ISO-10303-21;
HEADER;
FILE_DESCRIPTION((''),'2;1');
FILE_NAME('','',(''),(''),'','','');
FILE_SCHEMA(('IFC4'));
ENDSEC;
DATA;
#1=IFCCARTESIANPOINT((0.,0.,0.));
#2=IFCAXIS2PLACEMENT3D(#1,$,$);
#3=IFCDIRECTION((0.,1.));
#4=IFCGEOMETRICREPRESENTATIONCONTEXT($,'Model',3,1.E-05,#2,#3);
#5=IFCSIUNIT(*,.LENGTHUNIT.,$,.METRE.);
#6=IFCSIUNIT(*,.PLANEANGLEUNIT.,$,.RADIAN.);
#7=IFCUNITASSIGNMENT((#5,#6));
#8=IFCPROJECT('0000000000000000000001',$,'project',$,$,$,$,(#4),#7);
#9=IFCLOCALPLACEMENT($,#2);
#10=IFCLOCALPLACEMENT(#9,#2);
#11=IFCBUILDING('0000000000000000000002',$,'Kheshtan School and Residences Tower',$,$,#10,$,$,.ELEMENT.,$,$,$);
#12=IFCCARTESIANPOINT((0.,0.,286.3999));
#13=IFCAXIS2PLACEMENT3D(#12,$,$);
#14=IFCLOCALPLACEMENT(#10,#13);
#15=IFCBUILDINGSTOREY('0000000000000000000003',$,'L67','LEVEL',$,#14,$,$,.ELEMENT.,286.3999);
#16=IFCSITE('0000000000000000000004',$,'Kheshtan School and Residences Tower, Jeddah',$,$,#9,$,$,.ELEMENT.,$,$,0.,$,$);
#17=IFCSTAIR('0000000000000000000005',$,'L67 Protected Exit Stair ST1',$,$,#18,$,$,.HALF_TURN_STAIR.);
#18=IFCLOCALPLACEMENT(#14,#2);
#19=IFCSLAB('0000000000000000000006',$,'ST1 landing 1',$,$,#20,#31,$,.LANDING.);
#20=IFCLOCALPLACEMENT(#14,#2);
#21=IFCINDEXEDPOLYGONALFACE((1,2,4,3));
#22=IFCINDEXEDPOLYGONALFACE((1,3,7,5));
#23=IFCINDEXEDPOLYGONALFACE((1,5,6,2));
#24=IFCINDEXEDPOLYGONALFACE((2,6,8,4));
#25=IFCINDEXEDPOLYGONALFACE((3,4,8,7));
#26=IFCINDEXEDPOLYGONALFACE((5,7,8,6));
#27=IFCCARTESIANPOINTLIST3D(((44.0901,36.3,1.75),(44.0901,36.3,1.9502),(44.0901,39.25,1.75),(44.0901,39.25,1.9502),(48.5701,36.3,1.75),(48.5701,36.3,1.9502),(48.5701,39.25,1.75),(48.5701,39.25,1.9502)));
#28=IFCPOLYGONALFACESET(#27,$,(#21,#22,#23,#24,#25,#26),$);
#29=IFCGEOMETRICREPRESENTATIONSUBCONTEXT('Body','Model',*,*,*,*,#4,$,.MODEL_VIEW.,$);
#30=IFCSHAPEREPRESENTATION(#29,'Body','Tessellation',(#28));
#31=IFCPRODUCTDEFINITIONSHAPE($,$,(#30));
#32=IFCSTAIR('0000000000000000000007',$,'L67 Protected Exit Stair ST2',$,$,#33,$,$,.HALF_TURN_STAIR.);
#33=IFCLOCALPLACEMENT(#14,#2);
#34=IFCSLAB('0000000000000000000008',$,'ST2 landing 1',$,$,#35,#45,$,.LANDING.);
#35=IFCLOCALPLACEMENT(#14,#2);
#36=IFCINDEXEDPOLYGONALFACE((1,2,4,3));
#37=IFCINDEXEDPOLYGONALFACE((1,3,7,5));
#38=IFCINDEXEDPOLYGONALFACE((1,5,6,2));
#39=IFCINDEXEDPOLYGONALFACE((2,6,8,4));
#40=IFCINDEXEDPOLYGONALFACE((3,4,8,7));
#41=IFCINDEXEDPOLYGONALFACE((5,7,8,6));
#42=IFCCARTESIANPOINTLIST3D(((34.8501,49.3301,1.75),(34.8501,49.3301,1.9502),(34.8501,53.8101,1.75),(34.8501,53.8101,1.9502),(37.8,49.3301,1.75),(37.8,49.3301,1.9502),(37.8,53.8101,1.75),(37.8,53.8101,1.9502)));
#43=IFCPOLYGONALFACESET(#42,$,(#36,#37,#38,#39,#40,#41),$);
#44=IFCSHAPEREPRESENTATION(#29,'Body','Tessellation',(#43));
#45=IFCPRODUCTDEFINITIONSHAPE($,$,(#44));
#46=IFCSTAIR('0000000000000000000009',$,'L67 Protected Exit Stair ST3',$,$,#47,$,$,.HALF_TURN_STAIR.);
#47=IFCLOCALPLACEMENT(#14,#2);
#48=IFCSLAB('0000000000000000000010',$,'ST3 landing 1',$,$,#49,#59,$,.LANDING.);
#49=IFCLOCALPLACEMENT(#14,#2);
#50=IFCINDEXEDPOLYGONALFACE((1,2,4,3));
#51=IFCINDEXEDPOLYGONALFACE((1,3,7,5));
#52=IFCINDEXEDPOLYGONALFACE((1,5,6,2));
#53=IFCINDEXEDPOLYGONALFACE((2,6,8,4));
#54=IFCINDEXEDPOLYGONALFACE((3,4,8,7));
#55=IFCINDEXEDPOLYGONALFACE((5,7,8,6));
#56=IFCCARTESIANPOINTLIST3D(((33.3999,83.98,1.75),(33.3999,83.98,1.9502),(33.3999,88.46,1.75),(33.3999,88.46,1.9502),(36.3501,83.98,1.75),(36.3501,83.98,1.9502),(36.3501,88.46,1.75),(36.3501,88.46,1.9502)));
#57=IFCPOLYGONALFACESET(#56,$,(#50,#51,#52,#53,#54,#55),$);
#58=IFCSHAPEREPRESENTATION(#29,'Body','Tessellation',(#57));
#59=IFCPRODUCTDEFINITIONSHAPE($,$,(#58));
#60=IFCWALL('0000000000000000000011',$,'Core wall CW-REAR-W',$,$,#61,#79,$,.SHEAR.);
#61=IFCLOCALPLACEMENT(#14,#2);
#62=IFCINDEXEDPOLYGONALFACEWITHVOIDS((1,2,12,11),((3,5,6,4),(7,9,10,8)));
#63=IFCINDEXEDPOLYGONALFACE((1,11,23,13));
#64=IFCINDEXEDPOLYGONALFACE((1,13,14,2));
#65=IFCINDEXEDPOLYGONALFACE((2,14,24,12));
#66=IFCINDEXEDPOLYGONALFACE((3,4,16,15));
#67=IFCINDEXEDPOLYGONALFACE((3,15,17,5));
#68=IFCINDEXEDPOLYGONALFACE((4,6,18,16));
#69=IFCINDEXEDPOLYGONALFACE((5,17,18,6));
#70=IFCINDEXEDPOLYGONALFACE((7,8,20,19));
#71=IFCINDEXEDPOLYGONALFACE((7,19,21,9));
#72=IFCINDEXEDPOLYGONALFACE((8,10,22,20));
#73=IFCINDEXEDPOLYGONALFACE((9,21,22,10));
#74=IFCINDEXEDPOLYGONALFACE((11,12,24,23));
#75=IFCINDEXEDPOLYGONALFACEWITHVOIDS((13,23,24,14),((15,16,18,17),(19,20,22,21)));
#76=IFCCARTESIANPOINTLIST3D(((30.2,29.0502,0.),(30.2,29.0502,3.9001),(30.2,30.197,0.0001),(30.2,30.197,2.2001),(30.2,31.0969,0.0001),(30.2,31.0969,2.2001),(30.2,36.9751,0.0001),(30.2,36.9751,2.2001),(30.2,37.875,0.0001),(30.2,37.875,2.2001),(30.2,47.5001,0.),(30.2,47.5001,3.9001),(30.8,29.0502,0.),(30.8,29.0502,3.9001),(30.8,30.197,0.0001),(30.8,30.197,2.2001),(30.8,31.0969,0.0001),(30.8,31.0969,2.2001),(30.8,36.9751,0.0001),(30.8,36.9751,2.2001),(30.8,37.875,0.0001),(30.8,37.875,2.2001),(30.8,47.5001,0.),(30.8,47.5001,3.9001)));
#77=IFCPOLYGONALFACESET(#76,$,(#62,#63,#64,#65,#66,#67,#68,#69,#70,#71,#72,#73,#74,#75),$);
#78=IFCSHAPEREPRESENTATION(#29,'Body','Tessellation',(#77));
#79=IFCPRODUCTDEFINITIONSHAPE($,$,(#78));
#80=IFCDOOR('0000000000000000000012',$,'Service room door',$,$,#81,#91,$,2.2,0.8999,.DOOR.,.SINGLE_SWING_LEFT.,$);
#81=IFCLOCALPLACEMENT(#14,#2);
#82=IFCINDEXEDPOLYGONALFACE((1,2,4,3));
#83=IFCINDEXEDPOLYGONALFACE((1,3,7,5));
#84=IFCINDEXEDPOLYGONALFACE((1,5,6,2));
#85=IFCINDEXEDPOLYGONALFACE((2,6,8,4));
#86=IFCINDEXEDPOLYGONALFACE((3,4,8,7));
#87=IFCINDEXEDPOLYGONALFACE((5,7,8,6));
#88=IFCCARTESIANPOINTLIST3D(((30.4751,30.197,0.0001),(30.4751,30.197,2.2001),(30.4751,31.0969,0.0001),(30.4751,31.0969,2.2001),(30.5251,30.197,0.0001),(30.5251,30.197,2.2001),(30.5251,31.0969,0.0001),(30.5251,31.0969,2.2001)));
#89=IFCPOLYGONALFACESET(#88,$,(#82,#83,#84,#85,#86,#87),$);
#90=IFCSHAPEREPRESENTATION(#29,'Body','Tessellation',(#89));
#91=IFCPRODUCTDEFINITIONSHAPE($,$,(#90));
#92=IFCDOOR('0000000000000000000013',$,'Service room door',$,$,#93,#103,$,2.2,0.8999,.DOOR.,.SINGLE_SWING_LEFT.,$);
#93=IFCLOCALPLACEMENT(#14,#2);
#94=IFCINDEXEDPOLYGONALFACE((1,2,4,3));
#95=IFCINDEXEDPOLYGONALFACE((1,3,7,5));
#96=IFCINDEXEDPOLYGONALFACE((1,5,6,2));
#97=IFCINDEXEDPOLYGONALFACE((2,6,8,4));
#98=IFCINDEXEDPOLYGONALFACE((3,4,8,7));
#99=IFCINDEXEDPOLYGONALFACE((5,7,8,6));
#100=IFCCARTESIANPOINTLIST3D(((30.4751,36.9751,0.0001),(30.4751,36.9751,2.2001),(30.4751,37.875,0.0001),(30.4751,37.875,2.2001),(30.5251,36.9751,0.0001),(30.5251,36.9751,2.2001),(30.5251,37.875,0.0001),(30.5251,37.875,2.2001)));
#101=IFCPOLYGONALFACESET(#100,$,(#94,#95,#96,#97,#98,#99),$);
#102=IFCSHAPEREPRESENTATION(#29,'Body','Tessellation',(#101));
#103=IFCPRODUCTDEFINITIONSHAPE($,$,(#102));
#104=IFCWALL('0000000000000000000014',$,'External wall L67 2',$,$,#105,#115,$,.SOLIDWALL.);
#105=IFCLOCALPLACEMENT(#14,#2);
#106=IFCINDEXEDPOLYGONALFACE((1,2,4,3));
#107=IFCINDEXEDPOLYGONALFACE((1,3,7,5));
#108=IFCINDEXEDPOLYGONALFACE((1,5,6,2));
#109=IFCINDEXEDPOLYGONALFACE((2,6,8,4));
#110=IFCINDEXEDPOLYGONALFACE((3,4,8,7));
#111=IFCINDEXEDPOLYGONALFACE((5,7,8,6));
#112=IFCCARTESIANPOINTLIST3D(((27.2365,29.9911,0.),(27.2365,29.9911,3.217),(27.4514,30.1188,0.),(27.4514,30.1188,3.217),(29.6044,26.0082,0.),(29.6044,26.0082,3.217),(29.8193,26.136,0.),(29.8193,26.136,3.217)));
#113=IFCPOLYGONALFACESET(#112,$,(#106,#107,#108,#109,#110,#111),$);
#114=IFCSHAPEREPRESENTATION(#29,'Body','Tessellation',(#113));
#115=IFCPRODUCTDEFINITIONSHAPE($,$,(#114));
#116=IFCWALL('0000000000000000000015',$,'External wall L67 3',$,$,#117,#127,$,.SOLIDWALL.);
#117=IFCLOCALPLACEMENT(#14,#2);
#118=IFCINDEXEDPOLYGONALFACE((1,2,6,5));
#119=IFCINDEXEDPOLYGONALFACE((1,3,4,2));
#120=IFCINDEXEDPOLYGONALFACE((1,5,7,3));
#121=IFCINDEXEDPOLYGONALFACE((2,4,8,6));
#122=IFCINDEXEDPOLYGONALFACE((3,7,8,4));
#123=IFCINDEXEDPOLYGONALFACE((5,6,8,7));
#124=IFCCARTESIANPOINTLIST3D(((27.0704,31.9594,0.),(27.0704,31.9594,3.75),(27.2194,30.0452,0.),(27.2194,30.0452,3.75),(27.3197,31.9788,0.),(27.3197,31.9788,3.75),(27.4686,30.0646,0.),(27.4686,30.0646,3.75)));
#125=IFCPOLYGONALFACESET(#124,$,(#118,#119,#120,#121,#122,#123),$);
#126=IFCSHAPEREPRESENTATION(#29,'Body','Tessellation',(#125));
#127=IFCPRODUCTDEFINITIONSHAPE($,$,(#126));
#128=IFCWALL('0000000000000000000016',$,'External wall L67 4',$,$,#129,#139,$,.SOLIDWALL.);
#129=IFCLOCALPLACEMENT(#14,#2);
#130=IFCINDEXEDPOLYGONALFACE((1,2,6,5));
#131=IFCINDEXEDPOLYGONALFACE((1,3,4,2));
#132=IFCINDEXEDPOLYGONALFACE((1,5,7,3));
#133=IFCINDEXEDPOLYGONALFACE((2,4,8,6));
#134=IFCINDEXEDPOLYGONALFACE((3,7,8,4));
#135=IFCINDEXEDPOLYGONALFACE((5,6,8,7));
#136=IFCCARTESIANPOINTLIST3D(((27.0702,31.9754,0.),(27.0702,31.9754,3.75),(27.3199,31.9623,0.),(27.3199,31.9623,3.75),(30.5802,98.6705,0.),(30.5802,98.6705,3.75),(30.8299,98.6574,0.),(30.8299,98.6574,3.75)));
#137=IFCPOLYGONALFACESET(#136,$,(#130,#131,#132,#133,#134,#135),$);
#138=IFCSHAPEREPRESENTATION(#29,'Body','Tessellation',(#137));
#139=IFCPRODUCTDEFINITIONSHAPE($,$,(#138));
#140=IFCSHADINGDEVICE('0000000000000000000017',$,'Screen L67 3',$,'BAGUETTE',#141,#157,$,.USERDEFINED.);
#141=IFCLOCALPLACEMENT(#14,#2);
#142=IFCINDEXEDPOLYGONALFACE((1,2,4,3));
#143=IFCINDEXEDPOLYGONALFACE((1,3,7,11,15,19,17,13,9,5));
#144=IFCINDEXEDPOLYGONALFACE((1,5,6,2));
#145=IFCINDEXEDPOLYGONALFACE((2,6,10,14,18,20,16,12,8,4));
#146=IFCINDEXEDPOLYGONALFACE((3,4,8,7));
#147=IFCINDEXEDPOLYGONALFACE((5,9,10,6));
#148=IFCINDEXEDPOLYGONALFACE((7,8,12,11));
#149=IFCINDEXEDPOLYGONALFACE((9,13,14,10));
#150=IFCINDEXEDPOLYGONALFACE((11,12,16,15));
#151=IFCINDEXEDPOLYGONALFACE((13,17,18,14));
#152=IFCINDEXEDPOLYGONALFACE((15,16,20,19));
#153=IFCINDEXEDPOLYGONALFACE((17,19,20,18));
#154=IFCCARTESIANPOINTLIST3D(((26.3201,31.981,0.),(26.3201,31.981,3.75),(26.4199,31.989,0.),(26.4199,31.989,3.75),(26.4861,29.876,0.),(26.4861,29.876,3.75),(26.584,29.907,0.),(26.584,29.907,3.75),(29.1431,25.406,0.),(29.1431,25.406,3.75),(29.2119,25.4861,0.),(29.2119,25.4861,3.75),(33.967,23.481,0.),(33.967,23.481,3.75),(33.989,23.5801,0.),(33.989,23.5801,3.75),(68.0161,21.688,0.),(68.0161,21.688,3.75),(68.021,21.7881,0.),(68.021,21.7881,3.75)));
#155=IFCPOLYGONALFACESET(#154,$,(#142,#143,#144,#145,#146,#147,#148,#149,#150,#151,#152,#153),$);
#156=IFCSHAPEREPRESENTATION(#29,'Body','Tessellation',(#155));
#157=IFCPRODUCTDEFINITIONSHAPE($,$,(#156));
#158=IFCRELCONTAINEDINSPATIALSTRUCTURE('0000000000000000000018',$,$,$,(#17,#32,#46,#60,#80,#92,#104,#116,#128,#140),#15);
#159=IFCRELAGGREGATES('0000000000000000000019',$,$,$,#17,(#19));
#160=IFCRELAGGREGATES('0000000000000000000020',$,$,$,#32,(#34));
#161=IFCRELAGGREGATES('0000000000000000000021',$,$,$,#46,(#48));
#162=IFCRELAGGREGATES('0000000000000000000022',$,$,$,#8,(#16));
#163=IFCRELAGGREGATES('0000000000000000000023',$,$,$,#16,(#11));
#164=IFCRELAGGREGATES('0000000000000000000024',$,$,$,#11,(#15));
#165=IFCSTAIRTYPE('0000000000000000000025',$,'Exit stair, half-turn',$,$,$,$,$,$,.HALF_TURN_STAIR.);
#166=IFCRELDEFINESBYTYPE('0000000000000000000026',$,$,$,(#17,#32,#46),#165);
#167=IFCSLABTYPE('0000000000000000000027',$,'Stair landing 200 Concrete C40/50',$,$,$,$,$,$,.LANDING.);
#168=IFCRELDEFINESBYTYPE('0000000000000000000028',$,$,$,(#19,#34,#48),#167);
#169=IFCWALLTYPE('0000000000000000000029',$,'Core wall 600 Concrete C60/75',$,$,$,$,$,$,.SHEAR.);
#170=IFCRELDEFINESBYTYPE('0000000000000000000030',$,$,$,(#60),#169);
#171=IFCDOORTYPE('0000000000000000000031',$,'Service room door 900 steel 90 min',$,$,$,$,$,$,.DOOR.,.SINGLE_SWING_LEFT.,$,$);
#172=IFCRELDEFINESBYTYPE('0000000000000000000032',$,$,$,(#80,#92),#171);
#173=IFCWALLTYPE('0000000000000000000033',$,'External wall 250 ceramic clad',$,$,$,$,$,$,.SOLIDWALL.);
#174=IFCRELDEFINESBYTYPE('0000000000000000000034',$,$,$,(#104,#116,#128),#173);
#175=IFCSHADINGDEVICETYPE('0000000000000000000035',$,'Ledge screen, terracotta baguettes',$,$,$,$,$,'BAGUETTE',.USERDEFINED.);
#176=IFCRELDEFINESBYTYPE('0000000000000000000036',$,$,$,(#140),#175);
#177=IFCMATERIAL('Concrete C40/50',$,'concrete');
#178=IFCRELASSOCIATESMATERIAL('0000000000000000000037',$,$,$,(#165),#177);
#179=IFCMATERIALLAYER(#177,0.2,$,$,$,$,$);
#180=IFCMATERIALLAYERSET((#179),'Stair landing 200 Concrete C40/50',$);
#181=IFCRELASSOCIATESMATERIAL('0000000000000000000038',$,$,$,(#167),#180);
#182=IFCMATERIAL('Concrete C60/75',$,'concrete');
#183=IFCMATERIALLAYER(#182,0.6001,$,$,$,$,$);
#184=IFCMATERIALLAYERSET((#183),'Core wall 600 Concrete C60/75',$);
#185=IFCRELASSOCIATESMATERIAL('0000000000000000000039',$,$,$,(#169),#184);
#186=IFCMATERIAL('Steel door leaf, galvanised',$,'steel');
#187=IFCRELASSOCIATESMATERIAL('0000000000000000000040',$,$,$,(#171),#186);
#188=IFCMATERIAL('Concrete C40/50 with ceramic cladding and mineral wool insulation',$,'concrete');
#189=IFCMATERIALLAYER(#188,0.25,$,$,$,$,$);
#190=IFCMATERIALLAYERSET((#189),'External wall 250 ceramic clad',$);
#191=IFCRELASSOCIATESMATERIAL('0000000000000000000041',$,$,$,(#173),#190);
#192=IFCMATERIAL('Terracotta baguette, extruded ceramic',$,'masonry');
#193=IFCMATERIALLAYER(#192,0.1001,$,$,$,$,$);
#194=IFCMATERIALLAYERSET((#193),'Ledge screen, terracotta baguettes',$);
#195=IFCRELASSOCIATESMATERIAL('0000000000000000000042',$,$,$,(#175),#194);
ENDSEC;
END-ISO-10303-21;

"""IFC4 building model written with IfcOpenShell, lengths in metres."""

from ifc_helpers import new_model, si_unit, direction, frame, frame_2d, origin, place, context, subcontext, project, spatial, polyline, rectangle, outline, extrude, source, transform, mapped, material, layer, layer_set, type_object, element, fill, aggregate, save


model = new_model("IFC4")

# Units and contexts
model_context = context("Model", 3, precision=1e-05, world=origin(), true_north=direction((0.0, 1.0)))
body_context = subcontext(model_context, "Body", "Model", "MODEL_VIEW")
ifc_project = project(units=[si_unit("LENGTHUNIT", "METRE"), si_unit("PLANEANGLEUNIT", "RADIAN")], contexts=[model_context])

# Site, building, storey
site_placement = place(None, origin())
site = spatial("IfcSite", under=ifc_project, at=site_placement, Name="Kheshtan School and Residences Tower, Jeddah", CompositionType="ELEMENT", RefElevation=0.0)
building_placement = place(site_placement, origin())
building = spatial("IfcBuilding", under=site, at=building_placement, Name="Kheshtan School and Residences Tower", CompositionType="ELEMENT")
storey_placement = place(building_placement, frame((0.0, 0.0, 286.3999)))
storey = spatial("IfcBuildingStorey", under=building, at=storey_placement, Name="L67", Description="LEVEL", CompositionType="ELEMENT", Elevation=286.3999)

# Shared definitions
ifc_material_1 = material(Name="Concrete C40/50", Category="concrete")

# Stairs, slabs
stair_type = type_object("IfcStairType", Name="Exit stair, half-turn", PredefinedType="HALF_TURN_STAIR", material=ifc_material_1)
stair_1_placement = place(storey_placement, origin())
stair_1 = element("IfcStair", 1, at=stair_1_placement, inside=storey, type_object=stair_type, Name="L67 Protected Exit Stair ST1", PredefinedType="HALF_TURN_STAIR")
ifc_layer_1 = layer(ifc_material_1, 0.2)
ifc_layer_set_1 = layer_set([ifc_layer_1], Name="Stair landing 200 Concrete C40/50")
slab_type_1 = type_object("IfcSlabType", Name="Stair landing 200 Concrete C40/50", PredefinedType="LANDING", material=ifc_layer_set_1)
slab_1_placement = place(storey_placement, frame((0.0, 0.0, 1.75)))
slab_1 = element("IfcSlab", 2, at=slab_1_placement, type_object=slab_type_1, Name="ST1 landing 1", PredefinedType="LANDING", context=body_context, shape_type="SweptSolid", body=[
    extrude(outline(polyline([(48.5701, 39.25), (44.0901, 39.25), (44.0901, 36.3), (48.5701, 36.3), (48.5701, 39.25)])), origin(), (0.0, 0.0, 1.0), 0.2002),
])
aggregate(stair_1, [slab_1])
stair_2_placement = place(storey_placement, origin())
stair_2 = element("IfcStair", 3, at=stair_2_placement, inside=storey, type_object=stair_type, Name="L67 Protected Exit Stair ST2", PredefinedType="HALF_TURN_STAIR")
slab_2_placement = place(storey_placement, frame((0.0, 0.0, 1.75)))
slab_2 = element("IfcSlab", 4, at=slab_2_placement, type_object=slab_type_1, Name="ST2 landing 1", PredefinedType="LANDING", context=body_context, shape_type="SweptSolid", body=[
    extrude(outline(polyline([(37.8, 49.3301), (37.8, 53.8101), (34.8501, 53.8101), (34.8501, 49.3301), (37.8, 49.3301)])), origin(), (0.0, 0.0, 1.0), 0.2002),
])
aggregate(stair_2, [slab_2])
stair_3_placement = place(storey_placement, origin())
stair_3 = element("IfcStair", 5, at=stair_3_placement, inside=storey, type_object=stair_type, Name="L67 Protected Exit Stair ST3", PredefinedType="HALF_TURN_STAIR")
slab_3_placement = place(storey_placement, frame((0.0, 0.0, 1.75)))
slab_3 = element("IfcSlab", 6, at=slab_3_placement, type_object=slab_type_1, Name="ST3 landing 1", PredefinedType="LANDING", context=body_context, shape_type="SweptSolid", body=[
    extrude(outline(polyline([(36.3501, 83.98), (36.3501, 88.46), (33.3999, 88.46), (33.3999, 83.98), (36.3501, 83.98)])), origin(), (0.0, 0.0, 1.0), 0.2002),
])
aggregate(stair_3, [slab_3])

# Wall, openings, doors
ifc_material_2 = material(Name="Concrete C60/75", Category="concrete")
ifc_layer_2 = layer(ifc_material_2, 0.6001)
ifc_layer_set_2 = layer_set([ifc_layer_2], Name="Core wall 600 Concrete C60/75")
wall_type_1 = type_object("IfcWallType", Name="Core wall 600 Concrete C60/75", PredefinedType="SHEAR", material=ifc_layer_set_2)
wall_1_placement = place(storey_placement, frame((30.5, 29.05, 0.0), z_axis=(0.0, 0.0, 1.0), x_axis=(0.0, 1.0, 0.0)))
wall_1 = element("IfcWall", 7, at=wall_1_placement, inside=storey, type_object=wall_type_1, Name="Core wall CW-REAR-W", PredefinedType="SHEAR", context=body_context, shape_type="SweptSolid", body=[
    extrude(rectangle(XDim=18.45, YDim=0.6001, at=frame_2d((9.2251, 0.0))), origin(), (0.0, 0.0, 1.0), 3.9001),
])
opening_1_placement = place(wall_1_placement, frame((1.147, 0.0, 0.0)))
opening_1 = element("IfcOpeningElement", 8, at=opening_1_placement, cuts=wall_1, PredefinedType="OPENING", context=body_context, shape_type="SweptSolid", body=[
    extrude(rectangle(XDim=0.8999, YDim=2.2, at=frame_2d((0.45, 1.1001))), frame((0.0, 0.3101, 0.0), z_axis=(0.0, -1.0, 0.0), x_axis=(1.0, 0.0, 0.0)), (0.0, 0.0, 1.0), 0.6201),
])
opening_2_placement = place(wall_1_placement, frame((7.925, 0.0, 0.0)))
opening_2 = element("IfcOpeningElement", 9, at=opening_2_placement, cuts=wall_1, PredefinedType="OPENING", context=body_context, shape_type="SweptSolid", body=[
    extrude(rectangle(XDim=0.8999, YDim=2.2, at=frame_2d((0.45, 1.1001))), frame((0.0, 0.3101, 0.0), z_axis=(0.0, -1.0, 0.0), x_axis=(1.0, 0.0, 0.0)), (0.0, 0.0, 1.0), 0.6201),
])
ifc_material_3 = material(Name="Steel door leaf, galvanised", Category="steel")
door_type = type_object("IfcDoorType", Name="Service room door 900 steel 90 min", OperationType="SINGLE_SWING_LEFT", PredefinedType="DOOR", material=ifc_material_3)
shared_shape = source(origin(), body_context, "Body", "SweptSolid", [
    extrude(rectangle(XDim=0.8999, YDim=2.2, at=frame_2d((0.45, 1.1001))), frame((0.0, 0.0249, 0.0), z_axis=(0.0, -1.0, 0.0), x_axis=(1.0, 0.0, 0.0)), (0.0, 0.0, 1.0), 0.05),
])
door_1_placement = place(opening_1_placement, origin())
door_1 = element("IfcDoor", 10, at=door_1_placement, inside=storey, type_object=door_type, Name="Service room door", OperationType="SINGLE_SWING_LEFT", OverallHeight=2.2, OverallWidth=0.8999, PredefinedType="DOOR", context=body_context, shape_type="MappedRepresentation", body=[
    mapped(shared_shape, transform((0.0, 0.0, 0.0), x_axis=(1.0, 0.0, 0.0), y_axis=(0.0, 1.0, 0.0), z_axis=(0.0, 0.0, 1.0), scale=1.0)),
])
fill(opening_1, door_1)
door_2_placement = place(opening_2_placement, origin())
door_2 = element("IfcDoor", 11, at=door_2_placement, inside=storey, type_object=door_type, Name="Service room door", OperationType="SINGLE_SWING_LEFT", OverallHeight=2.2, OverallWidth=0.8999, PredefinedType="DOOR", context=body_context, shape_type="MappedRepresentation", body=[
    mapped(shared_shape, transform((0.0, 0.0, 0.0), x_axis=(1.0, 0.0, 0.0), y_axis=(0.0, 1.0, 0.0), z_axis=(0.0, 0.0, 1.0), scale=1.0)),
])
fill(opening_2, door_2)

# Walls
ifc_material_4 = material(Name="Concrete C40/50 with ceramic cladding and mineral wool insulation", Category="concrete")
ifc_layer_3 = layer(ifc_material_4, 0.25)
ifc_layer_set_3 = layer_set([ifc_layer_3], Name="External wall 250 ceramic clad")
wall_type_2 = type_object("IfcWallType", Name="External wall 250 ceramic clad", PredefinedType="SOLIDWALL", material=ifc_layer_set_3)
wall_2_placement = place(storey_placement, frame((29.7119, 26.072, 0.0), z_axis=(0.0, 0.0, 1.0), x_axis=(-0.511028, 0.859564, 0.0)))
element("IfcWall", 12, at=wall_2_placement, inside=storey, type_object=wall_type_2, Name="External wall L67 2", PredefinedType="SOLIDWALL", context=body_context, shape_type="SweptSolid", body=[
    extrude(rectangle(XDim=4.6335, YDim=0.25, at=frame_2d((2.3169, 0.0))), origin(), (0.0, 0.0, 1.0), 3.217),
])
wall_3_placement = place(storey_placement, frame((27.344, 30.0549, 0.0), z_axis=(0.0, 0.0, 1.0), x_axis=(-0.077572, 0.996987, 0.0)))
element("IfcWall", 13, at=wall_3_placement, inside=storey, type_object=wall_type_2, Name="External wall L67 3", PredefinedType="SOLIDWALL", context=body_context, shape_type="SweptSolid", body=[
    extrude(rectangle(XDim=1.9199, YDim=0.25, at=frame_2d((0.96, 0.0))), origin(), (0.0, 0.0, 1.0), 3.75),
])
wall_4_placement = place(storey_placement, frame((27.1951, 31.969, 0.0), z_axis=(0.0, 0.0, 1.0), x_axis=(0.052555, 0.998618, 0.0)))
element("IfcWall", 14, at=wall_4_placement, inside=storey, type_object=wall_type_2, Name="External wall L67 4", PredefinedType="SOLIDWALL", context=body_context, shape_type="SweptSolid", body=[
    extrude(rectangle(XDim=66.7874, YDim=0.25, at=frame_2d((33.3936, 0.0))), origin(), (0.0, 0.0, 1.0), 3.75),
])

# Shading device
ifc_material_5 = material(Name="Terracotta baguette, extruded ceramic", Category="masonry")
ifc_layer_4 = layer(ifc_material_5, 0.1001)
ifc_layer_set_4 = layer_set([ifc_layer_4], Name="Ledge screen, terracotta baguettes")
shading_device_type_1 = type_object("IfcShadingDeviceType", Name="Ledge screen, terracotta baguettes", ElementType="BAGUETTE", PredefinedType="USERDEFINED", material=ifc_layer_set_4)
shading_device_1_placement = place(storey_placement, origin())
element("IfcShadingDevice", 15, at=shading_device_1_placement, inside=storey, type_object=shading_device_type_1, Name="Screen L67 3", ObjectType="BAGUETTE", PredefinedType="USERDEFINED", context=body_context, shape_type="SweptSolid", body=[
    extrude(outline(polyline([(68.021, 21.7881), (33.989, 23.5801), (29.2119, 25.4861), (26.584, 29.907), (26.4199, 31.989), (26.3201, 31.981), (26.4861, 29.876), (29.1431, 25.406), (33.967, 23.481), (68.0161, 21.688), (68.021, 21.7881)])), origin(), (0.0, 0.0, 1.0), 3.75),
])

save(model, "model.ifc")
